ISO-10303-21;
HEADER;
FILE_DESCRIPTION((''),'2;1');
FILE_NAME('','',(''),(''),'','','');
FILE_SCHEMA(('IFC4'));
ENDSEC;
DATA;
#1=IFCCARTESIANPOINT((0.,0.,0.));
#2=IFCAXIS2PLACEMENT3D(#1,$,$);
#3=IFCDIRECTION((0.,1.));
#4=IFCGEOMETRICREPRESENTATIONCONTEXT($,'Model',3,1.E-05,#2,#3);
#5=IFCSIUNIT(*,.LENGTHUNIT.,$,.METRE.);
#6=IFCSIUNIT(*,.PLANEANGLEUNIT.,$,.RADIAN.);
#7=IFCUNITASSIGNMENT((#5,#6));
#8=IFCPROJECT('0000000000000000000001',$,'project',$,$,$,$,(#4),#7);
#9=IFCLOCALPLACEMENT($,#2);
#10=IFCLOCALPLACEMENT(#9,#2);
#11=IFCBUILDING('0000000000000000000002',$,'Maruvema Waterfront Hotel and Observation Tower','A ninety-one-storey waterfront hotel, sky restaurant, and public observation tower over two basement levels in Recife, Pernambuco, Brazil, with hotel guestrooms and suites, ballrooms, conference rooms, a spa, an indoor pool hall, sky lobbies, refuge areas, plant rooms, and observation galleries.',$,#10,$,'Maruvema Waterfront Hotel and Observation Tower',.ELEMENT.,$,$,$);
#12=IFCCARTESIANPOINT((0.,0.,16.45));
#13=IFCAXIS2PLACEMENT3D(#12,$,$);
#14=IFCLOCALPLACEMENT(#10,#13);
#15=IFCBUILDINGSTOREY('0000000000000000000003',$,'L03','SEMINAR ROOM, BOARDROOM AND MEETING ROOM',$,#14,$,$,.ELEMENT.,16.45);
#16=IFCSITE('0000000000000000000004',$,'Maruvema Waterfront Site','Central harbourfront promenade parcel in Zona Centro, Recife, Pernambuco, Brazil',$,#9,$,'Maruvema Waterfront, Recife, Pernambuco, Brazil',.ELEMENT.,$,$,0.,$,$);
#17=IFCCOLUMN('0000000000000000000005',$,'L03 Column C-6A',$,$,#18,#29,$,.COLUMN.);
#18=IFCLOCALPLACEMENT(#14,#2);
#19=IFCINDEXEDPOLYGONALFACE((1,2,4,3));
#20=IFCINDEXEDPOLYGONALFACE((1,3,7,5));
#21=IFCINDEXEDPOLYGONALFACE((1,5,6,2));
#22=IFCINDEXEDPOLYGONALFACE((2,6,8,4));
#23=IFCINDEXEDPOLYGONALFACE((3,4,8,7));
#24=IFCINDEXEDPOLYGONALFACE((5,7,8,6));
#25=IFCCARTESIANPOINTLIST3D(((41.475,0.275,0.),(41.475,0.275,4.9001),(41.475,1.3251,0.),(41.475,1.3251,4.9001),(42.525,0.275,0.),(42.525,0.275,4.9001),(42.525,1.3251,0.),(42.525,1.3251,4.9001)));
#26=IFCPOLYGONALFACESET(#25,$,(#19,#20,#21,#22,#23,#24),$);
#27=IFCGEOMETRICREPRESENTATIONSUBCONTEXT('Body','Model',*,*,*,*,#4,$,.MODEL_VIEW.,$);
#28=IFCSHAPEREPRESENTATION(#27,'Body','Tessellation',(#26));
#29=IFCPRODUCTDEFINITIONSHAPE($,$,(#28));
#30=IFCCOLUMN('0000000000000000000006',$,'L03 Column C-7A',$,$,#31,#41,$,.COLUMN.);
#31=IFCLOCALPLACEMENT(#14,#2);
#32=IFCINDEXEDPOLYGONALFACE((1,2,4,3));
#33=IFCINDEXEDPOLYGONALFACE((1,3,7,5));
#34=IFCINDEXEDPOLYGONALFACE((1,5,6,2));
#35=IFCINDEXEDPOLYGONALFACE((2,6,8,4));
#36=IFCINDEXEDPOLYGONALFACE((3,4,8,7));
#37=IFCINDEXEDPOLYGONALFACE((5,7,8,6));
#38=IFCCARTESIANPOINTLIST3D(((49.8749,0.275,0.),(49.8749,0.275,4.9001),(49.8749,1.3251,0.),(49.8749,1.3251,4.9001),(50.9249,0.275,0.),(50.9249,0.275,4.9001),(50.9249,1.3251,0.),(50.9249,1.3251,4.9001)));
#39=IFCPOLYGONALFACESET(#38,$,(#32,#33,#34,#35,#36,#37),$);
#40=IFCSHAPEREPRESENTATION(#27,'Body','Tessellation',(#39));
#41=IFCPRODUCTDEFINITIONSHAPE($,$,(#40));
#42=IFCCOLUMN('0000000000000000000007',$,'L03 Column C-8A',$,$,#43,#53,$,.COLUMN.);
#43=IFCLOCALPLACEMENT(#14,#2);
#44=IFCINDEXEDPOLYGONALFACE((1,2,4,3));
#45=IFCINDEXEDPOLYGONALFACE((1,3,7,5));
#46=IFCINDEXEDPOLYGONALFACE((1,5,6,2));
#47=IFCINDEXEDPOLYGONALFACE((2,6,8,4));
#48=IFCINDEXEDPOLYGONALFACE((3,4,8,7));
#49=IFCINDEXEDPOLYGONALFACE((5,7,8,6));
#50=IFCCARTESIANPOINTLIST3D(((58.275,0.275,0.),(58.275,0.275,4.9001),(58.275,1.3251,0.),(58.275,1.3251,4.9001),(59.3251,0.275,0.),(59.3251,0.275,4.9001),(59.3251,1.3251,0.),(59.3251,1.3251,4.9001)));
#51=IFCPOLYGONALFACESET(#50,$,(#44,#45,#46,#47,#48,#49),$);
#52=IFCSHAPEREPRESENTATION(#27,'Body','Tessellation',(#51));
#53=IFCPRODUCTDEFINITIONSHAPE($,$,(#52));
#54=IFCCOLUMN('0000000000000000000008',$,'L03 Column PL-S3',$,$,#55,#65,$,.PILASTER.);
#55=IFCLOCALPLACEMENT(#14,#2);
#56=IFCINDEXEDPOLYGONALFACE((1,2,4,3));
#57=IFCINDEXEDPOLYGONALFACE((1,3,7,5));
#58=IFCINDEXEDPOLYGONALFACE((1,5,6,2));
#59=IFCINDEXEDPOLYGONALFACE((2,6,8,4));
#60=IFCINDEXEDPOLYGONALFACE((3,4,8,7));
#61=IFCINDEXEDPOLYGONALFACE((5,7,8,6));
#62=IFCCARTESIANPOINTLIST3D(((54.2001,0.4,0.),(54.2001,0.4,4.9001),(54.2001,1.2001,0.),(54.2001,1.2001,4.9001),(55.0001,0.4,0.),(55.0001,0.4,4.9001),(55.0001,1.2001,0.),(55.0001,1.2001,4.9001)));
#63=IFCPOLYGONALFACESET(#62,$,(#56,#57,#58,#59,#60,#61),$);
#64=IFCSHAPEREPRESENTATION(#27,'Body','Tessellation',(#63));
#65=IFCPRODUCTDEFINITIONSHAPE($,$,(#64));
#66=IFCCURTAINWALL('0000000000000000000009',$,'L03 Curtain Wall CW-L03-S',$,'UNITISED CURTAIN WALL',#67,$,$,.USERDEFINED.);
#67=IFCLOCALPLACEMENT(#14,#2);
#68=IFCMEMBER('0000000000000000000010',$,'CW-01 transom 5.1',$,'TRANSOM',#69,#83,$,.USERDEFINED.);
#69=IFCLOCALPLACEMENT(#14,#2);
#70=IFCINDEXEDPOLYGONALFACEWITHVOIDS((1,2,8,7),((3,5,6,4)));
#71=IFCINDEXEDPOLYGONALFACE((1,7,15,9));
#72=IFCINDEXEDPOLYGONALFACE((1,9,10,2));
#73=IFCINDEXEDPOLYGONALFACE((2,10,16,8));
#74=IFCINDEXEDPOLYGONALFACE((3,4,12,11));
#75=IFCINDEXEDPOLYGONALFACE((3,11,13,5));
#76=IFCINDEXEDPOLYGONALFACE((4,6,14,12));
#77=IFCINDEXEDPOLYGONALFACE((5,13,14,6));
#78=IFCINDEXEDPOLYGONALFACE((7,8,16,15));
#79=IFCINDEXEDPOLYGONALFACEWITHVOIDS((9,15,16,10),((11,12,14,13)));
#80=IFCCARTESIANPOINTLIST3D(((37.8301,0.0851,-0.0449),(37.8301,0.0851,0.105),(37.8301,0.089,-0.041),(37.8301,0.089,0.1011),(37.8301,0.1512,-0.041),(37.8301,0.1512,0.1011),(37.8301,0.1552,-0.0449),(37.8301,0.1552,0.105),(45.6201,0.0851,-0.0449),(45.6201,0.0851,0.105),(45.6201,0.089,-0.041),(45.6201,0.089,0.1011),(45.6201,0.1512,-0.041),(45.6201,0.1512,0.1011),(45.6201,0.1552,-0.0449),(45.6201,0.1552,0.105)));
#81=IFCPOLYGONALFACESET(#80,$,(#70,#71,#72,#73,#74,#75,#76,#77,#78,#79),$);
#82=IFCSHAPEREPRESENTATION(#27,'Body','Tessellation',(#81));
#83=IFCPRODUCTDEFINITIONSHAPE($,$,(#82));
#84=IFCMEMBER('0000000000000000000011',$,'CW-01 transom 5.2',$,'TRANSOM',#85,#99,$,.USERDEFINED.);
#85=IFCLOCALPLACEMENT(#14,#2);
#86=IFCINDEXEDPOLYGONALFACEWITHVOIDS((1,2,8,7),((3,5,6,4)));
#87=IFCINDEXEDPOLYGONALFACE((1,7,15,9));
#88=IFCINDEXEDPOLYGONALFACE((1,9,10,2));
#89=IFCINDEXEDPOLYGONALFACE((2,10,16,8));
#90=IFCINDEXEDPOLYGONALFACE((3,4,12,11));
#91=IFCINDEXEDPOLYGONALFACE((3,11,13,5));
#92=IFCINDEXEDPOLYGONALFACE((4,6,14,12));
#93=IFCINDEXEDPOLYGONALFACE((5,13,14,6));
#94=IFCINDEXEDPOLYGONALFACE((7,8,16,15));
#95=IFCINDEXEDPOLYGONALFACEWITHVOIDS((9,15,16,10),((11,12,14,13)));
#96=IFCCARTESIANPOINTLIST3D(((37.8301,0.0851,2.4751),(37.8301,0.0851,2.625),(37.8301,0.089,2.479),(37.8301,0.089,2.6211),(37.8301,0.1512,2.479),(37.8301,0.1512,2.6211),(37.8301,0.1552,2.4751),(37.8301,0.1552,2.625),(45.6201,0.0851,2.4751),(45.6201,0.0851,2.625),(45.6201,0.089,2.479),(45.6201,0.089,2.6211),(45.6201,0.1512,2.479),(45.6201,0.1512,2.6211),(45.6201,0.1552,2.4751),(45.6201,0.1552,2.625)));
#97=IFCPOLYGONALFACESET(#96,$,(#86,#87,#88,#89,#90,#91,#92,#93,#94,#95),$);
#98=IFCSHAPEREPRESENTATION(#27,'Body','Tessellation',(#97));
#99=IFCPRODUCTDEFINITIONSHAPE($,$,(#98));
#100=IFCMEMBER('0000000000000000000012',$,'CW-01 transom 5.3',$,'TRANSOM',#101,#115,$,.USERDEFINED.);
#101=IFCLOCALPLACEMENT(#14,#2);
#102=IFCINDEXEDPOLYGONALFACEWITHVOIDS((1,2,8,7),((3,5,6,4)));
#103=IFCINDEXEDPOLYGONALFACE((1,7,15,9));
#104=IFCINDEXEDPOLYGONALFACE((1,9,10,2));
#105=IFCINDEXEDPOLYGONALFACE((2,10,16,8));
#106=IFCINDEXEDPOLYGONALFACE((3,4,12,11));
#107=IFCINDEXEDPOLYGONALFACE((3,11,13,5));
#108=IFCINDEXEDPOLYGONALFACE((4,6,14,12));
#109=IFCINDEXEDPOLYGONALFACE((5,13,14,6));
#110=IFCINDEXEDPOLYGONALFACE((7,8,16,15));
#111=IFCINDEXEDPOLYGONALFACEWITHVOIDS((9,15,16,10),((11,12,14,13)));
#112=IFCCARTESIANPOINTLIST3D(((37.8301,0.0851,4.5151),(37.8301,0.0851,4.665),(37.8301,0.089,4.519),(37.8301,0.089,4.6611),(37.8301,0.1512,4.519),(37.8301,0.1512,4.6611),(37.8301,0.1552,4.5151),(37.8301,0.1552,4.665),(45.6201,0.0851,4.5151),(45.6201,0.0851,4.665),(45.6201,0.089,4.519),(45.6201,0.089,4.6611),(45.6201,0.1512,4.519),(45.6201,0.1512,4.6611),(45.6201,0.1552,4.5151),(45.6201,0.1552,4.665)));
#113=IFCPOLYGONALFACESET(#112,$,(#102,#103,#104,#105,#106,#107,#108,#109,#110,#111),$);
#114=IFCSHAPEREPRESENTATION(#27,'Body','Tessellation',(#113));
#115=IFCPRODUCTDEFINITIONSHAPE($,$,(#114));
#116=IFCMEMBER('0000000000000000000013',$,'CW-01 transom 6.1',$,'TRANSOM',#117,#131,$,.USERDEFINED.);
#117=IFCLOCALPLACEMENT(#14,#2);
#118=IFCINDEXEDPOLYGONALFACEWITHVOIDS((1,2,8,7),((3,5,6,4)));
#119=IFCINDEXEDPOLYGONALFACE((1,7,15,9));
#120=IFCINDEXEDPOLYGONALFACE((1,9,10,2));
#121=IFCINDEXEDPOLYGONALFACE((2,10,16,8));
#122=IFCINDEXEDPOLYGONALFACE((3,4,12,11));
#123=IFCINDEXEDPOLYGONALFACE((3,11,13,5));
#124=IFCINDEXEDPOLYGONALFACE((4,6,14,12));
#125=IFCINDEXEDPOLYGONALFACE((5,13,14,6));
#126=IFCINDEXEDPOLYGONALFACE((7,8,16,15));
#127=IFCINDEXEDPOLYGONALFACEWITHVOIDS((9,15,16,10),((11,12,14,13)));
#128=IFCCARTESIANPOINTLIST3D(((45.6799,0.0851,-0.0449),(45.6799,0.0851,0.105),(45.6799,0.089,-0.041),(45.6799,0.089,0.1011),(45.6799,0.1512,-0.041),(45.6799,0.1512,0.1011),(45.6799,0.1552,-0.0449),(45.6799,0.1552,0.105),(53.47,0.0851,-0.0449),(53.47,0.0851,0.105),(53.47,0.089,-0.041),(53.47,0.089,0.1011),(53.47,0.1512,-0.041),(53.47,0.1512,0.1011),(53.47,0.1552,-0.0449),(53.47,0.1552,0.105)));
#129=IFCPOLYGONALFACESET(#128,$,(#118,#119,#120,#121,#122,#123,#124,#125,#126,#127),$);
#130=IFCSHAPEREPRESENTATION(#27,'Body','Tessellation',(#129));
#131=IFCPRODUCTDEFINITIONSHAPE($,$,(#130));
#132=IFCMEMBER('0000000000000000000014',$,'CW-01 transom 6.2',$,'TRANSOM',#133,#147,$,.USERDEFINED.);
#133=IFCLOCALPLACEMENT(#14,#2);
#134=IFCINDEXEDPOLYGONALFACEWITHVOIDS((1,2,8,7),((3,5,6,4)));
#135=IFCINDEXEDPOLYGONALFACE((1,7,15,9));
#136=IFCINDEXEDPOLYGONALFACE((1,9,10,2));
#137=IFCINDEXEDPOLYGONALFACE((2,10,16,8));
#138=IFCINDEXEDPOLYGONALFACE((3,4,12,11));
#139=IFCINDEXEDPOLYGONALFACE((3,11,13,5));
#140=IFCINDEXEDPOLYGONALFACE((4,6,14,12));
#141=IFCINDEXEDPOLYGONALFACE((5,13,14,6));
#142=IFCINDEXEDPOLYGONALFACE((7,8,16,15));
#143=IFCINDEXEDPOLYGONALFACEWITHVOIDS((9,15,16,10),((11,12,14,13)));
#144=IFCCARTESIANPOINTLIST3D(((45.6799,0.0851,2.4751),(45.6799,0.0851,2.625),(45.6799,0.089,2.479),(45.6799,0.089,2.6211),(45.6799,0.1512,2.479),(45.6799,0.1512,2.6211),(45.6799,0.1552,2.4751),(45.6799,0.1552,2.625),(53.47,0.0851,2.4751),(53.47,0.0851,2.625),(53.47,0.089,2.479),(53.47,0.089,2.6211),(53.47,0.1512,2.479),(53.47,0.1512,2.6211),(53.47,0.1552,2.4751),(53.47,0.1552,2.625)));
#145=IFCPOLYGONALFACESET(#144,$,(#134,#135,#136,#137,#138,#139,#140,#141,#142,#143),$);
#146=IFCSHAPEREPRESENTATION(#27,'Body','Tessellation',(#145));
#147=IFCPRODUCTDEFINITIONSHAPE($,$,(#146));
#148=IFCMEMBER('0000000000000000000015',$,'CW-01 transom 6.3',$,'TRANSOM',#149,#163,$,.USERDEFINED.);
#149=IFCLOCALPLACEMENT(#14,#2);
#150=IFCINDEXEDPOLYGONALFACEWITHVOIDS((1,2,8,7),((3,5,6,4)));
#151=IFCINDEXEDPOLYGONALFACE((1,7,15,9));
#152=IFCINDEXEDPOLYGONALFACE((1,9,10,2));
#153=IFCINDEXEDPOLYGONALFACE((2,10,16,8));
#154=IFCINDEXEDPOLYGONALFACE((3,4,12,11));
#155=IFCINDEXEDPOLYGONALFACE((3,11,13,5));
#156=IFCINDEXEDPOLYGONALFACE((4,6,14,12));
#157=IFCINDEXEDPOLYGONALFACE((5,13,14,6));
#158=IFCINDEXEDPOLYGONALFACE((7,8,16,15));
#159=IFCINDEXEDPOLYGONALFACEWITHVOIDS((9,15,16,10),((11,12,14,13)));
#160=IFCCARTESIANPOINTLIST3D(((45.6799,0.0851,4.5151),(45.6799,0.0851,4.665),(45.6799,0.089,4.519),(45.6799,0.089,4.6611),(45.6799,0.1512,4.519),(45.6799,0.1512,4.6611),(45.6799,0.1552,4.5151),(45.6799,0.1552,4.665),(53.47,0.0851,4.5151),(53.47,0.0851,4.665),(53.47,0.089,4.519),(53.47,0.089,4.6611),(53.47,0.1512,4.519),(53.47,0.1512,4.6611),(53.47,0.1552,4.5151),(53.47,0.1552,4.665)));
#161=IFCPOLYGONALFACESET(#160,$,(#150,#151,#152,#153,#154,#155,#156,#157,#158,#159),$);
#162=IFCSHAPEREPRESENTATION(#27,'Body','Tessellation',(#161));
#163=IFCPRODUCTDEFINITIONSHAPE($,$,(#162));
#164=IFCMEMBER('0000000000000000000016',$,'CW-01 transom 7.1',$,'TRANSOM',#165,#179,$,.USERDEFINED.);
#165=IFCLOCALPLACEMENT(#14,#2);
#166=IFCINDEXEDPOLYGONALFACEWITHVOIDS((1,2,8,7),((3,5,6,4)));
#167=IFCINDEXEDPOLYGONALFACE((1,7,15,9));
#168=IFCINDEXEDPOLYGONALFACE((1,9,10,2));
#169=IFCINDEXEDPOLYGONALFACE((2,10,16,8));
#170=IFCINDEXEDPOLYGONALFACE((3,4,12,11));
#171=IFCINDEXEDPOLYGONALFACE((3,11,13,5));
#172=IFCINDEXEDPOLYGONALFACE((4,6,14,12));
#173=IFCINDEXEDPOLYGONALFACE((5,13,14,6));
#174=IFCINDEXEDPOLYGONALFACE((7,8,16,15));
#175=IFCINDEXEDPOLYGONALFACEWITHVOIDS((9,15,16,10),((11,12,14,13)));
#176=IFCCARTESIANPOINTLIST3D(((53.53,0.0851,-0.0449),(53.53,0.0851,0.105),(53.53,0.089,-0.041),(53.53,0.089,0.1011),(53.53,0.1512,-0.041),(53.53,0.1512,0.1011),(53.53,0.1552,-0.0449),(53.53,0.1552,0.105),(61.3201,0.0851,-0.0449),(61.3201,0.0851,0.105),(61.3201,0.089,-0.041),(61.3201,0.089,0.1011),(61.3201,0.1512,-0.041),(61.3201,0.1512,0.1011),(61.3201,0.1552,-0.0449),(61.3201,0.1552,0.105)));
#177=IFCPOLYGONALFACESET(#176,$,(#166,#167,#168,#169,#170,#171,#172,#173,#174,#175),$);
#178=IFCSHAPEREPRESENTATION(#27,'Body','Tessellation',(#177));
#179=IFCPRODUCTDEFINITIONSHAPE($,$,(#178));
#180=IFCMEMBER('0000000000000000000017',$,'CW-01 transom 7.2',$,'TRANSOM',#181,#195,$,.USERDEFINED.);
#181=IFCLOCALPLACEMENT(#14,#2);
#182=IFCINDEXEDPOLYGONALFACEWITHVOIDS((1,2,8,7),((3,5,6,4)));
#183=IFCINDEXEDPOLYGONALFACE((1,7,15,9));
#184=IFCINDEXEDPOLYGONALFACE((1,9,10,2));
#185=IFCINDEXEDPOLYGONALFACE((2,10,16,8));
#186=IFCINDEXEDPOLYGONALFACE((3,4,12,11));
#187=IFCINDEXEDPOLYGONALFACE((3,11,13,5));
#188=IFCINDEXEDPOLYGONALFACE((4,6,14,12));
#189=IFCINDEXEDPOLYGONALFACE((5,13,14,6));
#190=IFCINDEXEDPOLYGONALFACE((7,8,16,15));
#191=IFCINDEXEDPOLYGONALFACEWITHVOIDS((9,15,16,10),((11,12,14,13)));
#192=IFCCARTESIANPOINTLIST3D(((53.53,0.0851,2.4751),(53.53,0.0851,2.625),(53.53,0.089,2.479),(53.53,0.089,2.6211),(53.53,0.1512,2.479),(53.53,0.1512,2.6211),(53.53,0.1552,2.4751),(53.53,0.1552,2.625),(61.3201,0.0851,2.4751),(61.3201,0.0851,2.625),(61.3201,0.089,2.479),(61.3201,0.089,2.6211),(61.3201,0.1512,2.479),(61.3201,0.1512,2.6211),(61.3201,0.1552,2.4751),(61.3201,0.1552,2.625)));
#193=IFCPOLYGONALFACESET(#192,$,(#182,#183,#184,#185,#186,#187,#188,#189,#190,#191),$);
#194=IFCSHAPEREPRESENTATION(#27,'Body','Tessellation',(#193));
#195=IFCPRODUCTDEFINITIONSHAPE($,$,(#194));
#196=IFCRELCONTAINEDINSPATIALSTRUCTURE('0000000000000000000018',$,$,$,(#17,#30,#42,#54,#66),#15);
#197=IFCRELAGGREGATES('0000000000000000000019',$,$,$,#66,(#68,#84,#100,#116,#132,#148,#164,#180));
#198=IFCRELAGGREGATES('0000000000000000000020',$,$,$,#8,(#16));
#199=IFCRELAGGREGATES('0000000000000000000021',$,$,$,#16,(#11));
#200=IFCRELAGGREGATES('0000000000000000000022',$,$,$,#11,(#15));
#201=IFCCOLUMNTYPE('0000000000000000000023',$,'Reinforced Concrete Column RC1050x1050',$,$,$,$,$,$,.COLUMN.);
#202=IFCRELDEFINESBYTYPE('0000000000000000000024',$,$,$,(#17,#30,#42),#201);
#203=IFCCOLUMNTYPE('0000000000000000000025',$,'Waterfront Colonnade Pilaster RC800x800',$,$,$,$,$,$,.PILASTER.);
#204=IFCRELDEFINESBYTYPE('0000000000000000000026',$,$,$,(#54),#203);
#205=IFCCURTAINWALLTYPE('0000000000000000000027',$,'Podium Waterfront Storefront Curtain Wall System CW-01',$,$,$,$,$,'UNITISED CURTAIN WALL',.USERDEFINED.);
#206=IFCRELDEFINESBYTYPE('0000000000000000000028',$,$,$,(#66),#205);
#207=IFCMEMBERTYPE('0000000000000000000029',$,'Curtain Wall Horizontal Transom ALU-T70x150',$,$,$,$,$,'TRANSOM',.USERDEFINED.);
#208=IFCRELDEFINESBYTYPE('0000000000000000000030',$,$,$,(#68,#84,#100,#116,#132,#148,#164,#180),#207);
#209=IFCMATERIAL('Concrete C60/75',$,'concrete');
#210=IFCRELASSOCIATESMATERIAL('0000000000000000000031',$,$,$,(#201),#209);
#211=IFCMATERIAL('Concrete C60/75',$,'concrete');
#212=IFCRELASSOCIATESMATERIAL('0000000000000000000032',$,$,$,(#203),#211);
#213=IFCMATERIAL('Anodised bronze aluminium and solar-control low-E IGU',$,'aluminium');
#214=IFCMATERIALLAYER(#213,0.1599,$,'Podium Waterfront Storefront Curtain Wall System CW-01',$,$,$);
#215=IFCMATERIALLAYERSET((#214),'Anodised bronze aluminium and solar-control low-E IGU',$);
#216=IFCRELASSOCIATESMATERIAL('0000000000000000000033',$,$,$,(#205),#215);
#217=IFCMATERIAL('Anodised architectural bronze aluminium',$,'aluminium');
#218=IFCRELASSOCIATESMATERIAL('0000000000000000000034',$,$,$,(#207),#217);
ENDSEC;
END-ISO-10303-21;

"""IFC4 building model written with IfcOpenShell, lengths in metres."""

from ifc_helpers import new_model, si_unit, direction, frame, origin, origin_2d, place, context, subcontext, project, spatial, rectangle, hollow_rectangle, extrude, material, layer, layer_set, material_profile, profile_set, type_object, element, aggregate, save


model = new_model("IFC4")

# Units and contexts
model_context = context("Model", 3, precision=1e-05, world=origin(), true_north=direction((0.0, 1.0)))
body_context = subcontext(model_context, "Body", "Model", "MODEL_VIEW")
ifc_project = project(units=[si_unit("LENGTHUNIT", "METRE"), si_unit("PLANEANGLEUNIT", "RADIAN")], contexts=[model_context])

# Site, building, storey
site_placement = place(None, origin())
site = spatial("IfcSite", under=ifc_project, at=site_placement, Name="Maruvema Waterfront Site", Description="Central harbourfront promenade parcel in Zona Centro, Recife, Pernambuco, Brazil", LongName="Maruvema Waterfront, Recife, Pernambuco, Brazil", CompositionType="ELEMENT", RefElevation=0.0)
building_placement = place(site_placement, origin())
building = spatial("IfcBuilding", under=site, at=building_placement, Name="Maruvema Waterfront Hotel and Observation Tower", Description="A ninety-one-storey waterfront hotel, sky restaurant, and public observation tower over two basement levels in Recife, Pernambuco, Brazil, with hotel guestrooms and suites, ballrooms, conference rooms, a spa, an indoor pool hall, sky lobbies, refuge areas, plant rooms, and observation galleries.", LongName="Maruvema Waterfront Hotel and Observation Tower", CompositionType="ELEMENT")
storey_placement = place(building_placement, frame((0.0, 0.0, 16.45)))
storey = spatial("IfcBuildingStorey", under=building, at=storey_placement, Name="L03", Description="SEMINAR ROOM, BOARDROOM AND MEETING ROOM", CompositionType="ELEMENT", Elevation=16.45)

# Columns
ifc_material_1 = material(Name="Concrete C60/75", Category="concrete")
ifc_material_profile_1 = material_profile(ifc_material_1, rectangle(XDim=1.05, YDim=1.05, at=origin_2d()), Name="RC1050x1050")
ifc_profile_set_1 = profile_set([ifc_material_profile_1], Name="Concrete C60/75")
column_type_1 = type_object("IfcColumnType", Name="Reinforced Concrete Column RC1050x1050", PredefinedType="COLUMN", material=ifc_profile_set_1)
for number, where, z_axis, x_axis, name in (
    (1, (42.0, 0.8, 0.0), (0.0, 0.0, 1.0), (1.0, 0.0, 0.0), "L03 Column C-6A"),
    (2, (50.3999, 0.8, 0.0), (0.0, 0.0, 1.0), (1.0, 0.0, 0.0), "L03 Column C-7A"),
    (3, (58.8, 0.8, 0.0), (0.0, 0.0, 1.0), (1.0, 0.0, 0.0), "L03 Column C-8A"),
):
    element("IfcColumn", number, at=place(storey_placement, frame(where, z_axis=z_axis, x_axis=x_axis)), inside=storey, type_object=column_type_1, Name=name, PredefinedType="COLUMN", context=body_context, shape_type="SweptSolid", body=[
        extrude(rectangle(XDim=1.05, YDim=1.05, at=origin_2d()), origin(), (0.0, 0.0, 1.0), 4.9001),
    ])
ifc_material_2 = material(Name="Concrete C60/75", Category="concrete")
ifc_material_profile_2 = material_profile(ifc_material_2, rectangle(XDim=0.8, YDim=0.8, at=origin_2d()), Name="RC800x800")
ifc_profile_set_2 = profile_set([ifc_material_profile_2], Name="Concrete C60/75")
column_type_2 = type_object("IfcColumnType", Name="Waterfront Colonnade Pilaster RC800x800", PredefinedType="PILASTER", material=ifc_profile_set_2)
column_placement = place(storey_placement, frame((54.6001, 0.8, 0.0), z_axis=(0.0, 0.0, 1.0), x_axis=(1.0, 0.0, 0.0)))
element("IfcColumn", 4, at=column_placement, inside=storey, type_object=column_type_2, Name="L03 Column PL-S3", PredefinedType="PILASTER", context=body_context, shape_type="SweptSolid", body=[
    extrude(rectangle(XDim=0.8, YDim=0.8, at=origin_2d()), origin(), (0.0, 0.0, 1.0), 4.9001),
])

# Curtain wall, members
ifc_material_3 = material(Name="Anodised bronze aluminium and solar-control low-E IGU", Category="aluminium")
ifc_layer_1 = layer(ifc_material_3, 0.1599, Name="Podium Waterfront Storefront Curtain Wall System CW-01")
ifc_layer_set_1 = layer_set([ifc_layer_1], Name="Anodised bronze aluminium and solar-control low-E IGU")
curtain_wall_type = type_object("IfcCurtainWallType", Name="Podium Waterfront Storefront Curtain Wall System CW-01", ElementType="UNITISED CURTAIN WALL", PredefinedType="USERDEFINED", material=ifc_layer_set_1)
curtain_wall_placement = place(storey_placement, origin())
curtain_wall = element("IfcCurtainWall", 5, at=curtain_wall_placement, inside=storey, type_object=curtain_wall_type, Name="L03 Curtain Wall CW-L03-S", ObjectType="UNITISED CURTAIN WALL", PredefinedType="USERDEFINED")
ifc_material_4 = material(Name="Anodised architectural bronze aluminium", Category="aluminium")
ifc_material_profile_3 = material_profile(ifc_material_4, hollow_rectangle(XDim=0.0701, YDim=0.1499, WallThickness=0.0039, at=origin_2d()), Name="ALU-T70x150")
ifc_profile_set_3 = profile_set([ifc_material_profile_3], Name="Anodised architectural bronze aluminium")
member_type_1 = type_object("IfcMemberType", Name="Curtain Wall Horizontal Transom ALU-T70x150", ElementType="TRANSOM", PredefinedType="USERDEFINED", material=ifc_profile_set_3)
member_1_placement = place(storey_placement, frame((37.8301, 0.1201, 0.03), z_axis=(1.0, 0.0, 0.0), x_axis=(0.0, 1.0, 0.0)))
member_1 = element("IfcMember", 6, at=member_1_placement, type_object=member_type_1, Name="CW-01 transom 5.1", ObjectType="TRANSOM", PredefinedType="USERDEFINED", context=body_context, shape_type="SweptSolid", body=[
    extrude(hollow_rectangle(XDim=0.0701, YDim=0.1499, WallThickness=0.0039, at=origin_2d()), origin(), (0.0, 0.0, 1.0), 7.79),
])
member_2_placement = place(storey_placement, frame((37.8301, 0.1201, 2.55), z_axis=(1.0, 0.0, 0.0), x_axis=(0.0, 1.0, 0.0)))
member_2 = element("IfcMember", 7, at=member_2_placement, type_object=member_type_1, Name="CW-01 transom 5.2", ObjectType="TRANSOM", PredefinedType="USERDEFINED", context=body_context, shape_type="SweptSolid", body=[
    extrude(hollow_rectangle(XDim=0.0701, YDim=0.1499, WallThickness=0.0039, at=origin_2d()), origin(), (0.0, 0.0, 1.0), 7.79),
])
member_3_placement = place(storey_placement, frame((37.8301, 0.1201, 4.5901), z_axis=(1.0, 0.0, 0.0), x_axis=(0.0, 1.0, 0.0)))
member_3 = element("IfcMember", 8, at=member_3_placement, type_object=member_type_1, Name="CW-01 transom 5.3", ObjectType="TRANSOM", PredefinedType="USERDEFINED", context=body_context, shape_type="SweptSolid", body=[
    extrude(hollow_rectangle(XDim=0.0701, YDim=0.1499, WallThickness=0.0039, at=origin_2d()), origin(), (0.0, 0.0, 1.0), 7.79),
])
member_4_placement = place(storey_placement, frame((45.6799, 0.1201, 0.03), z_axis=(1.0, 0.0, 0.0), x_axis=(0.0, 1.0, 0.0)))
member_4 = element("IfcMember", 9, at=member_4_placement, type_object=member_type_1, Name="CW-01 transom 6.1", ObjectType="TRANSOM", PredefinedType="USERDEFINED", context=body_context, shape_type="SweptSolid", body=[
    extrude(hollow_rectangle(XDim=0.0701, YDim=0.1499, WallThickness=0.0039, at=origin_2d()), origin(), (0.0, 0.0, 1.0), 7.79),
])
member_5_placement = place(storey_placement, frame((45.6799, 0.1201, 2.55), z_axis=(1.0, 0.0, 0.0), x_axis=(0.0, 1.0, 0.0)))
member_5 = element("IfcMember", 10, at=member_5_placement, type_object=member_type_1, Name="CW-01 transom 6.2", ObjectType="TRANSOM", PredefinedType="USERDEFINED", context=body_context, shape_type="SweptSolid", body=[
    extrude(hollow_rectangle(XDim=0.0701, YDim=0.1499, WallThickness=0.0039, at=origin_2d()), origin(), (0.0, 0.0, 1.0), 7.79),
])
member_6_placement = place(storey_placement, frame((45.6799, 0.1201, 4.5901), z_axis=(1.0, 0.0, 0.0), x_axis=(0.0, 1.0, 0.0)))
member_6 = element("IfcMember", 11, at=member_6_placement, type_object=member_type_1, Name="CW-01 transom 6.3", ObjectType="TRANSOM", PredefinedType="USERDEFINED", context=body_context, shape_type="SweptSolid", body=[
    extrude(hollow_rectangle(XDim=0.0701, YDim=0.1499, WallThickness=0.0039, at=origin_2d()), origin(), (0.0, 0.0, 1.0), 7.79),
])
member_7_placement = place(storey_placement, frame((53.53, 0.1201, 0.03), z_axis=(1.0, 0.0, 0.0), x_axis=(0.0, 1.0, 0.0)))
member_7 = element("IfcMember", 12, at=member_7_placement, type_object=member_type_1, Name="CW-01 transom 7.1", ObjectType="TRANSOM", PredefinedType="USERDEFINED", context=body_context, shape_type="SweptSolid", body=[
    extrude(hollow_rectangle(XDim=0.0701, YDim=0.1499, WallThickness=0.0039, at=origin_2d()), origin(), (0.0, 0.0, 1.0), 7.79),
])
member_8_placement = place(storey_placement, frame((53.53, 0.1201, 2.55), z_axis=(1.0, 0.0, 0.0), x_axis=(0.0, 1.0, 0.0)))
member_8 = element("IfcMember", 13, at=member_8_placement, type_object=member_type_1, Name="CW-01 transom 7.2", ObjectType="TRANSOM", PredefinedType="USERDEFINED", context=body_context, shape_type="SweptSolid", body=[
    extrude(hollow_rectangle(XDim=0.0701, YDim=0.1499, WallThickness=0.0039, at=origin_2d()), origin(), (0.0, 0.0, 1.0), 7.79),
])

aggregate(curtain_wall, [member_1, member_2, member_3, member_4, member_5, member_6, member_7, member_8])

save(model, "model.ifc")
